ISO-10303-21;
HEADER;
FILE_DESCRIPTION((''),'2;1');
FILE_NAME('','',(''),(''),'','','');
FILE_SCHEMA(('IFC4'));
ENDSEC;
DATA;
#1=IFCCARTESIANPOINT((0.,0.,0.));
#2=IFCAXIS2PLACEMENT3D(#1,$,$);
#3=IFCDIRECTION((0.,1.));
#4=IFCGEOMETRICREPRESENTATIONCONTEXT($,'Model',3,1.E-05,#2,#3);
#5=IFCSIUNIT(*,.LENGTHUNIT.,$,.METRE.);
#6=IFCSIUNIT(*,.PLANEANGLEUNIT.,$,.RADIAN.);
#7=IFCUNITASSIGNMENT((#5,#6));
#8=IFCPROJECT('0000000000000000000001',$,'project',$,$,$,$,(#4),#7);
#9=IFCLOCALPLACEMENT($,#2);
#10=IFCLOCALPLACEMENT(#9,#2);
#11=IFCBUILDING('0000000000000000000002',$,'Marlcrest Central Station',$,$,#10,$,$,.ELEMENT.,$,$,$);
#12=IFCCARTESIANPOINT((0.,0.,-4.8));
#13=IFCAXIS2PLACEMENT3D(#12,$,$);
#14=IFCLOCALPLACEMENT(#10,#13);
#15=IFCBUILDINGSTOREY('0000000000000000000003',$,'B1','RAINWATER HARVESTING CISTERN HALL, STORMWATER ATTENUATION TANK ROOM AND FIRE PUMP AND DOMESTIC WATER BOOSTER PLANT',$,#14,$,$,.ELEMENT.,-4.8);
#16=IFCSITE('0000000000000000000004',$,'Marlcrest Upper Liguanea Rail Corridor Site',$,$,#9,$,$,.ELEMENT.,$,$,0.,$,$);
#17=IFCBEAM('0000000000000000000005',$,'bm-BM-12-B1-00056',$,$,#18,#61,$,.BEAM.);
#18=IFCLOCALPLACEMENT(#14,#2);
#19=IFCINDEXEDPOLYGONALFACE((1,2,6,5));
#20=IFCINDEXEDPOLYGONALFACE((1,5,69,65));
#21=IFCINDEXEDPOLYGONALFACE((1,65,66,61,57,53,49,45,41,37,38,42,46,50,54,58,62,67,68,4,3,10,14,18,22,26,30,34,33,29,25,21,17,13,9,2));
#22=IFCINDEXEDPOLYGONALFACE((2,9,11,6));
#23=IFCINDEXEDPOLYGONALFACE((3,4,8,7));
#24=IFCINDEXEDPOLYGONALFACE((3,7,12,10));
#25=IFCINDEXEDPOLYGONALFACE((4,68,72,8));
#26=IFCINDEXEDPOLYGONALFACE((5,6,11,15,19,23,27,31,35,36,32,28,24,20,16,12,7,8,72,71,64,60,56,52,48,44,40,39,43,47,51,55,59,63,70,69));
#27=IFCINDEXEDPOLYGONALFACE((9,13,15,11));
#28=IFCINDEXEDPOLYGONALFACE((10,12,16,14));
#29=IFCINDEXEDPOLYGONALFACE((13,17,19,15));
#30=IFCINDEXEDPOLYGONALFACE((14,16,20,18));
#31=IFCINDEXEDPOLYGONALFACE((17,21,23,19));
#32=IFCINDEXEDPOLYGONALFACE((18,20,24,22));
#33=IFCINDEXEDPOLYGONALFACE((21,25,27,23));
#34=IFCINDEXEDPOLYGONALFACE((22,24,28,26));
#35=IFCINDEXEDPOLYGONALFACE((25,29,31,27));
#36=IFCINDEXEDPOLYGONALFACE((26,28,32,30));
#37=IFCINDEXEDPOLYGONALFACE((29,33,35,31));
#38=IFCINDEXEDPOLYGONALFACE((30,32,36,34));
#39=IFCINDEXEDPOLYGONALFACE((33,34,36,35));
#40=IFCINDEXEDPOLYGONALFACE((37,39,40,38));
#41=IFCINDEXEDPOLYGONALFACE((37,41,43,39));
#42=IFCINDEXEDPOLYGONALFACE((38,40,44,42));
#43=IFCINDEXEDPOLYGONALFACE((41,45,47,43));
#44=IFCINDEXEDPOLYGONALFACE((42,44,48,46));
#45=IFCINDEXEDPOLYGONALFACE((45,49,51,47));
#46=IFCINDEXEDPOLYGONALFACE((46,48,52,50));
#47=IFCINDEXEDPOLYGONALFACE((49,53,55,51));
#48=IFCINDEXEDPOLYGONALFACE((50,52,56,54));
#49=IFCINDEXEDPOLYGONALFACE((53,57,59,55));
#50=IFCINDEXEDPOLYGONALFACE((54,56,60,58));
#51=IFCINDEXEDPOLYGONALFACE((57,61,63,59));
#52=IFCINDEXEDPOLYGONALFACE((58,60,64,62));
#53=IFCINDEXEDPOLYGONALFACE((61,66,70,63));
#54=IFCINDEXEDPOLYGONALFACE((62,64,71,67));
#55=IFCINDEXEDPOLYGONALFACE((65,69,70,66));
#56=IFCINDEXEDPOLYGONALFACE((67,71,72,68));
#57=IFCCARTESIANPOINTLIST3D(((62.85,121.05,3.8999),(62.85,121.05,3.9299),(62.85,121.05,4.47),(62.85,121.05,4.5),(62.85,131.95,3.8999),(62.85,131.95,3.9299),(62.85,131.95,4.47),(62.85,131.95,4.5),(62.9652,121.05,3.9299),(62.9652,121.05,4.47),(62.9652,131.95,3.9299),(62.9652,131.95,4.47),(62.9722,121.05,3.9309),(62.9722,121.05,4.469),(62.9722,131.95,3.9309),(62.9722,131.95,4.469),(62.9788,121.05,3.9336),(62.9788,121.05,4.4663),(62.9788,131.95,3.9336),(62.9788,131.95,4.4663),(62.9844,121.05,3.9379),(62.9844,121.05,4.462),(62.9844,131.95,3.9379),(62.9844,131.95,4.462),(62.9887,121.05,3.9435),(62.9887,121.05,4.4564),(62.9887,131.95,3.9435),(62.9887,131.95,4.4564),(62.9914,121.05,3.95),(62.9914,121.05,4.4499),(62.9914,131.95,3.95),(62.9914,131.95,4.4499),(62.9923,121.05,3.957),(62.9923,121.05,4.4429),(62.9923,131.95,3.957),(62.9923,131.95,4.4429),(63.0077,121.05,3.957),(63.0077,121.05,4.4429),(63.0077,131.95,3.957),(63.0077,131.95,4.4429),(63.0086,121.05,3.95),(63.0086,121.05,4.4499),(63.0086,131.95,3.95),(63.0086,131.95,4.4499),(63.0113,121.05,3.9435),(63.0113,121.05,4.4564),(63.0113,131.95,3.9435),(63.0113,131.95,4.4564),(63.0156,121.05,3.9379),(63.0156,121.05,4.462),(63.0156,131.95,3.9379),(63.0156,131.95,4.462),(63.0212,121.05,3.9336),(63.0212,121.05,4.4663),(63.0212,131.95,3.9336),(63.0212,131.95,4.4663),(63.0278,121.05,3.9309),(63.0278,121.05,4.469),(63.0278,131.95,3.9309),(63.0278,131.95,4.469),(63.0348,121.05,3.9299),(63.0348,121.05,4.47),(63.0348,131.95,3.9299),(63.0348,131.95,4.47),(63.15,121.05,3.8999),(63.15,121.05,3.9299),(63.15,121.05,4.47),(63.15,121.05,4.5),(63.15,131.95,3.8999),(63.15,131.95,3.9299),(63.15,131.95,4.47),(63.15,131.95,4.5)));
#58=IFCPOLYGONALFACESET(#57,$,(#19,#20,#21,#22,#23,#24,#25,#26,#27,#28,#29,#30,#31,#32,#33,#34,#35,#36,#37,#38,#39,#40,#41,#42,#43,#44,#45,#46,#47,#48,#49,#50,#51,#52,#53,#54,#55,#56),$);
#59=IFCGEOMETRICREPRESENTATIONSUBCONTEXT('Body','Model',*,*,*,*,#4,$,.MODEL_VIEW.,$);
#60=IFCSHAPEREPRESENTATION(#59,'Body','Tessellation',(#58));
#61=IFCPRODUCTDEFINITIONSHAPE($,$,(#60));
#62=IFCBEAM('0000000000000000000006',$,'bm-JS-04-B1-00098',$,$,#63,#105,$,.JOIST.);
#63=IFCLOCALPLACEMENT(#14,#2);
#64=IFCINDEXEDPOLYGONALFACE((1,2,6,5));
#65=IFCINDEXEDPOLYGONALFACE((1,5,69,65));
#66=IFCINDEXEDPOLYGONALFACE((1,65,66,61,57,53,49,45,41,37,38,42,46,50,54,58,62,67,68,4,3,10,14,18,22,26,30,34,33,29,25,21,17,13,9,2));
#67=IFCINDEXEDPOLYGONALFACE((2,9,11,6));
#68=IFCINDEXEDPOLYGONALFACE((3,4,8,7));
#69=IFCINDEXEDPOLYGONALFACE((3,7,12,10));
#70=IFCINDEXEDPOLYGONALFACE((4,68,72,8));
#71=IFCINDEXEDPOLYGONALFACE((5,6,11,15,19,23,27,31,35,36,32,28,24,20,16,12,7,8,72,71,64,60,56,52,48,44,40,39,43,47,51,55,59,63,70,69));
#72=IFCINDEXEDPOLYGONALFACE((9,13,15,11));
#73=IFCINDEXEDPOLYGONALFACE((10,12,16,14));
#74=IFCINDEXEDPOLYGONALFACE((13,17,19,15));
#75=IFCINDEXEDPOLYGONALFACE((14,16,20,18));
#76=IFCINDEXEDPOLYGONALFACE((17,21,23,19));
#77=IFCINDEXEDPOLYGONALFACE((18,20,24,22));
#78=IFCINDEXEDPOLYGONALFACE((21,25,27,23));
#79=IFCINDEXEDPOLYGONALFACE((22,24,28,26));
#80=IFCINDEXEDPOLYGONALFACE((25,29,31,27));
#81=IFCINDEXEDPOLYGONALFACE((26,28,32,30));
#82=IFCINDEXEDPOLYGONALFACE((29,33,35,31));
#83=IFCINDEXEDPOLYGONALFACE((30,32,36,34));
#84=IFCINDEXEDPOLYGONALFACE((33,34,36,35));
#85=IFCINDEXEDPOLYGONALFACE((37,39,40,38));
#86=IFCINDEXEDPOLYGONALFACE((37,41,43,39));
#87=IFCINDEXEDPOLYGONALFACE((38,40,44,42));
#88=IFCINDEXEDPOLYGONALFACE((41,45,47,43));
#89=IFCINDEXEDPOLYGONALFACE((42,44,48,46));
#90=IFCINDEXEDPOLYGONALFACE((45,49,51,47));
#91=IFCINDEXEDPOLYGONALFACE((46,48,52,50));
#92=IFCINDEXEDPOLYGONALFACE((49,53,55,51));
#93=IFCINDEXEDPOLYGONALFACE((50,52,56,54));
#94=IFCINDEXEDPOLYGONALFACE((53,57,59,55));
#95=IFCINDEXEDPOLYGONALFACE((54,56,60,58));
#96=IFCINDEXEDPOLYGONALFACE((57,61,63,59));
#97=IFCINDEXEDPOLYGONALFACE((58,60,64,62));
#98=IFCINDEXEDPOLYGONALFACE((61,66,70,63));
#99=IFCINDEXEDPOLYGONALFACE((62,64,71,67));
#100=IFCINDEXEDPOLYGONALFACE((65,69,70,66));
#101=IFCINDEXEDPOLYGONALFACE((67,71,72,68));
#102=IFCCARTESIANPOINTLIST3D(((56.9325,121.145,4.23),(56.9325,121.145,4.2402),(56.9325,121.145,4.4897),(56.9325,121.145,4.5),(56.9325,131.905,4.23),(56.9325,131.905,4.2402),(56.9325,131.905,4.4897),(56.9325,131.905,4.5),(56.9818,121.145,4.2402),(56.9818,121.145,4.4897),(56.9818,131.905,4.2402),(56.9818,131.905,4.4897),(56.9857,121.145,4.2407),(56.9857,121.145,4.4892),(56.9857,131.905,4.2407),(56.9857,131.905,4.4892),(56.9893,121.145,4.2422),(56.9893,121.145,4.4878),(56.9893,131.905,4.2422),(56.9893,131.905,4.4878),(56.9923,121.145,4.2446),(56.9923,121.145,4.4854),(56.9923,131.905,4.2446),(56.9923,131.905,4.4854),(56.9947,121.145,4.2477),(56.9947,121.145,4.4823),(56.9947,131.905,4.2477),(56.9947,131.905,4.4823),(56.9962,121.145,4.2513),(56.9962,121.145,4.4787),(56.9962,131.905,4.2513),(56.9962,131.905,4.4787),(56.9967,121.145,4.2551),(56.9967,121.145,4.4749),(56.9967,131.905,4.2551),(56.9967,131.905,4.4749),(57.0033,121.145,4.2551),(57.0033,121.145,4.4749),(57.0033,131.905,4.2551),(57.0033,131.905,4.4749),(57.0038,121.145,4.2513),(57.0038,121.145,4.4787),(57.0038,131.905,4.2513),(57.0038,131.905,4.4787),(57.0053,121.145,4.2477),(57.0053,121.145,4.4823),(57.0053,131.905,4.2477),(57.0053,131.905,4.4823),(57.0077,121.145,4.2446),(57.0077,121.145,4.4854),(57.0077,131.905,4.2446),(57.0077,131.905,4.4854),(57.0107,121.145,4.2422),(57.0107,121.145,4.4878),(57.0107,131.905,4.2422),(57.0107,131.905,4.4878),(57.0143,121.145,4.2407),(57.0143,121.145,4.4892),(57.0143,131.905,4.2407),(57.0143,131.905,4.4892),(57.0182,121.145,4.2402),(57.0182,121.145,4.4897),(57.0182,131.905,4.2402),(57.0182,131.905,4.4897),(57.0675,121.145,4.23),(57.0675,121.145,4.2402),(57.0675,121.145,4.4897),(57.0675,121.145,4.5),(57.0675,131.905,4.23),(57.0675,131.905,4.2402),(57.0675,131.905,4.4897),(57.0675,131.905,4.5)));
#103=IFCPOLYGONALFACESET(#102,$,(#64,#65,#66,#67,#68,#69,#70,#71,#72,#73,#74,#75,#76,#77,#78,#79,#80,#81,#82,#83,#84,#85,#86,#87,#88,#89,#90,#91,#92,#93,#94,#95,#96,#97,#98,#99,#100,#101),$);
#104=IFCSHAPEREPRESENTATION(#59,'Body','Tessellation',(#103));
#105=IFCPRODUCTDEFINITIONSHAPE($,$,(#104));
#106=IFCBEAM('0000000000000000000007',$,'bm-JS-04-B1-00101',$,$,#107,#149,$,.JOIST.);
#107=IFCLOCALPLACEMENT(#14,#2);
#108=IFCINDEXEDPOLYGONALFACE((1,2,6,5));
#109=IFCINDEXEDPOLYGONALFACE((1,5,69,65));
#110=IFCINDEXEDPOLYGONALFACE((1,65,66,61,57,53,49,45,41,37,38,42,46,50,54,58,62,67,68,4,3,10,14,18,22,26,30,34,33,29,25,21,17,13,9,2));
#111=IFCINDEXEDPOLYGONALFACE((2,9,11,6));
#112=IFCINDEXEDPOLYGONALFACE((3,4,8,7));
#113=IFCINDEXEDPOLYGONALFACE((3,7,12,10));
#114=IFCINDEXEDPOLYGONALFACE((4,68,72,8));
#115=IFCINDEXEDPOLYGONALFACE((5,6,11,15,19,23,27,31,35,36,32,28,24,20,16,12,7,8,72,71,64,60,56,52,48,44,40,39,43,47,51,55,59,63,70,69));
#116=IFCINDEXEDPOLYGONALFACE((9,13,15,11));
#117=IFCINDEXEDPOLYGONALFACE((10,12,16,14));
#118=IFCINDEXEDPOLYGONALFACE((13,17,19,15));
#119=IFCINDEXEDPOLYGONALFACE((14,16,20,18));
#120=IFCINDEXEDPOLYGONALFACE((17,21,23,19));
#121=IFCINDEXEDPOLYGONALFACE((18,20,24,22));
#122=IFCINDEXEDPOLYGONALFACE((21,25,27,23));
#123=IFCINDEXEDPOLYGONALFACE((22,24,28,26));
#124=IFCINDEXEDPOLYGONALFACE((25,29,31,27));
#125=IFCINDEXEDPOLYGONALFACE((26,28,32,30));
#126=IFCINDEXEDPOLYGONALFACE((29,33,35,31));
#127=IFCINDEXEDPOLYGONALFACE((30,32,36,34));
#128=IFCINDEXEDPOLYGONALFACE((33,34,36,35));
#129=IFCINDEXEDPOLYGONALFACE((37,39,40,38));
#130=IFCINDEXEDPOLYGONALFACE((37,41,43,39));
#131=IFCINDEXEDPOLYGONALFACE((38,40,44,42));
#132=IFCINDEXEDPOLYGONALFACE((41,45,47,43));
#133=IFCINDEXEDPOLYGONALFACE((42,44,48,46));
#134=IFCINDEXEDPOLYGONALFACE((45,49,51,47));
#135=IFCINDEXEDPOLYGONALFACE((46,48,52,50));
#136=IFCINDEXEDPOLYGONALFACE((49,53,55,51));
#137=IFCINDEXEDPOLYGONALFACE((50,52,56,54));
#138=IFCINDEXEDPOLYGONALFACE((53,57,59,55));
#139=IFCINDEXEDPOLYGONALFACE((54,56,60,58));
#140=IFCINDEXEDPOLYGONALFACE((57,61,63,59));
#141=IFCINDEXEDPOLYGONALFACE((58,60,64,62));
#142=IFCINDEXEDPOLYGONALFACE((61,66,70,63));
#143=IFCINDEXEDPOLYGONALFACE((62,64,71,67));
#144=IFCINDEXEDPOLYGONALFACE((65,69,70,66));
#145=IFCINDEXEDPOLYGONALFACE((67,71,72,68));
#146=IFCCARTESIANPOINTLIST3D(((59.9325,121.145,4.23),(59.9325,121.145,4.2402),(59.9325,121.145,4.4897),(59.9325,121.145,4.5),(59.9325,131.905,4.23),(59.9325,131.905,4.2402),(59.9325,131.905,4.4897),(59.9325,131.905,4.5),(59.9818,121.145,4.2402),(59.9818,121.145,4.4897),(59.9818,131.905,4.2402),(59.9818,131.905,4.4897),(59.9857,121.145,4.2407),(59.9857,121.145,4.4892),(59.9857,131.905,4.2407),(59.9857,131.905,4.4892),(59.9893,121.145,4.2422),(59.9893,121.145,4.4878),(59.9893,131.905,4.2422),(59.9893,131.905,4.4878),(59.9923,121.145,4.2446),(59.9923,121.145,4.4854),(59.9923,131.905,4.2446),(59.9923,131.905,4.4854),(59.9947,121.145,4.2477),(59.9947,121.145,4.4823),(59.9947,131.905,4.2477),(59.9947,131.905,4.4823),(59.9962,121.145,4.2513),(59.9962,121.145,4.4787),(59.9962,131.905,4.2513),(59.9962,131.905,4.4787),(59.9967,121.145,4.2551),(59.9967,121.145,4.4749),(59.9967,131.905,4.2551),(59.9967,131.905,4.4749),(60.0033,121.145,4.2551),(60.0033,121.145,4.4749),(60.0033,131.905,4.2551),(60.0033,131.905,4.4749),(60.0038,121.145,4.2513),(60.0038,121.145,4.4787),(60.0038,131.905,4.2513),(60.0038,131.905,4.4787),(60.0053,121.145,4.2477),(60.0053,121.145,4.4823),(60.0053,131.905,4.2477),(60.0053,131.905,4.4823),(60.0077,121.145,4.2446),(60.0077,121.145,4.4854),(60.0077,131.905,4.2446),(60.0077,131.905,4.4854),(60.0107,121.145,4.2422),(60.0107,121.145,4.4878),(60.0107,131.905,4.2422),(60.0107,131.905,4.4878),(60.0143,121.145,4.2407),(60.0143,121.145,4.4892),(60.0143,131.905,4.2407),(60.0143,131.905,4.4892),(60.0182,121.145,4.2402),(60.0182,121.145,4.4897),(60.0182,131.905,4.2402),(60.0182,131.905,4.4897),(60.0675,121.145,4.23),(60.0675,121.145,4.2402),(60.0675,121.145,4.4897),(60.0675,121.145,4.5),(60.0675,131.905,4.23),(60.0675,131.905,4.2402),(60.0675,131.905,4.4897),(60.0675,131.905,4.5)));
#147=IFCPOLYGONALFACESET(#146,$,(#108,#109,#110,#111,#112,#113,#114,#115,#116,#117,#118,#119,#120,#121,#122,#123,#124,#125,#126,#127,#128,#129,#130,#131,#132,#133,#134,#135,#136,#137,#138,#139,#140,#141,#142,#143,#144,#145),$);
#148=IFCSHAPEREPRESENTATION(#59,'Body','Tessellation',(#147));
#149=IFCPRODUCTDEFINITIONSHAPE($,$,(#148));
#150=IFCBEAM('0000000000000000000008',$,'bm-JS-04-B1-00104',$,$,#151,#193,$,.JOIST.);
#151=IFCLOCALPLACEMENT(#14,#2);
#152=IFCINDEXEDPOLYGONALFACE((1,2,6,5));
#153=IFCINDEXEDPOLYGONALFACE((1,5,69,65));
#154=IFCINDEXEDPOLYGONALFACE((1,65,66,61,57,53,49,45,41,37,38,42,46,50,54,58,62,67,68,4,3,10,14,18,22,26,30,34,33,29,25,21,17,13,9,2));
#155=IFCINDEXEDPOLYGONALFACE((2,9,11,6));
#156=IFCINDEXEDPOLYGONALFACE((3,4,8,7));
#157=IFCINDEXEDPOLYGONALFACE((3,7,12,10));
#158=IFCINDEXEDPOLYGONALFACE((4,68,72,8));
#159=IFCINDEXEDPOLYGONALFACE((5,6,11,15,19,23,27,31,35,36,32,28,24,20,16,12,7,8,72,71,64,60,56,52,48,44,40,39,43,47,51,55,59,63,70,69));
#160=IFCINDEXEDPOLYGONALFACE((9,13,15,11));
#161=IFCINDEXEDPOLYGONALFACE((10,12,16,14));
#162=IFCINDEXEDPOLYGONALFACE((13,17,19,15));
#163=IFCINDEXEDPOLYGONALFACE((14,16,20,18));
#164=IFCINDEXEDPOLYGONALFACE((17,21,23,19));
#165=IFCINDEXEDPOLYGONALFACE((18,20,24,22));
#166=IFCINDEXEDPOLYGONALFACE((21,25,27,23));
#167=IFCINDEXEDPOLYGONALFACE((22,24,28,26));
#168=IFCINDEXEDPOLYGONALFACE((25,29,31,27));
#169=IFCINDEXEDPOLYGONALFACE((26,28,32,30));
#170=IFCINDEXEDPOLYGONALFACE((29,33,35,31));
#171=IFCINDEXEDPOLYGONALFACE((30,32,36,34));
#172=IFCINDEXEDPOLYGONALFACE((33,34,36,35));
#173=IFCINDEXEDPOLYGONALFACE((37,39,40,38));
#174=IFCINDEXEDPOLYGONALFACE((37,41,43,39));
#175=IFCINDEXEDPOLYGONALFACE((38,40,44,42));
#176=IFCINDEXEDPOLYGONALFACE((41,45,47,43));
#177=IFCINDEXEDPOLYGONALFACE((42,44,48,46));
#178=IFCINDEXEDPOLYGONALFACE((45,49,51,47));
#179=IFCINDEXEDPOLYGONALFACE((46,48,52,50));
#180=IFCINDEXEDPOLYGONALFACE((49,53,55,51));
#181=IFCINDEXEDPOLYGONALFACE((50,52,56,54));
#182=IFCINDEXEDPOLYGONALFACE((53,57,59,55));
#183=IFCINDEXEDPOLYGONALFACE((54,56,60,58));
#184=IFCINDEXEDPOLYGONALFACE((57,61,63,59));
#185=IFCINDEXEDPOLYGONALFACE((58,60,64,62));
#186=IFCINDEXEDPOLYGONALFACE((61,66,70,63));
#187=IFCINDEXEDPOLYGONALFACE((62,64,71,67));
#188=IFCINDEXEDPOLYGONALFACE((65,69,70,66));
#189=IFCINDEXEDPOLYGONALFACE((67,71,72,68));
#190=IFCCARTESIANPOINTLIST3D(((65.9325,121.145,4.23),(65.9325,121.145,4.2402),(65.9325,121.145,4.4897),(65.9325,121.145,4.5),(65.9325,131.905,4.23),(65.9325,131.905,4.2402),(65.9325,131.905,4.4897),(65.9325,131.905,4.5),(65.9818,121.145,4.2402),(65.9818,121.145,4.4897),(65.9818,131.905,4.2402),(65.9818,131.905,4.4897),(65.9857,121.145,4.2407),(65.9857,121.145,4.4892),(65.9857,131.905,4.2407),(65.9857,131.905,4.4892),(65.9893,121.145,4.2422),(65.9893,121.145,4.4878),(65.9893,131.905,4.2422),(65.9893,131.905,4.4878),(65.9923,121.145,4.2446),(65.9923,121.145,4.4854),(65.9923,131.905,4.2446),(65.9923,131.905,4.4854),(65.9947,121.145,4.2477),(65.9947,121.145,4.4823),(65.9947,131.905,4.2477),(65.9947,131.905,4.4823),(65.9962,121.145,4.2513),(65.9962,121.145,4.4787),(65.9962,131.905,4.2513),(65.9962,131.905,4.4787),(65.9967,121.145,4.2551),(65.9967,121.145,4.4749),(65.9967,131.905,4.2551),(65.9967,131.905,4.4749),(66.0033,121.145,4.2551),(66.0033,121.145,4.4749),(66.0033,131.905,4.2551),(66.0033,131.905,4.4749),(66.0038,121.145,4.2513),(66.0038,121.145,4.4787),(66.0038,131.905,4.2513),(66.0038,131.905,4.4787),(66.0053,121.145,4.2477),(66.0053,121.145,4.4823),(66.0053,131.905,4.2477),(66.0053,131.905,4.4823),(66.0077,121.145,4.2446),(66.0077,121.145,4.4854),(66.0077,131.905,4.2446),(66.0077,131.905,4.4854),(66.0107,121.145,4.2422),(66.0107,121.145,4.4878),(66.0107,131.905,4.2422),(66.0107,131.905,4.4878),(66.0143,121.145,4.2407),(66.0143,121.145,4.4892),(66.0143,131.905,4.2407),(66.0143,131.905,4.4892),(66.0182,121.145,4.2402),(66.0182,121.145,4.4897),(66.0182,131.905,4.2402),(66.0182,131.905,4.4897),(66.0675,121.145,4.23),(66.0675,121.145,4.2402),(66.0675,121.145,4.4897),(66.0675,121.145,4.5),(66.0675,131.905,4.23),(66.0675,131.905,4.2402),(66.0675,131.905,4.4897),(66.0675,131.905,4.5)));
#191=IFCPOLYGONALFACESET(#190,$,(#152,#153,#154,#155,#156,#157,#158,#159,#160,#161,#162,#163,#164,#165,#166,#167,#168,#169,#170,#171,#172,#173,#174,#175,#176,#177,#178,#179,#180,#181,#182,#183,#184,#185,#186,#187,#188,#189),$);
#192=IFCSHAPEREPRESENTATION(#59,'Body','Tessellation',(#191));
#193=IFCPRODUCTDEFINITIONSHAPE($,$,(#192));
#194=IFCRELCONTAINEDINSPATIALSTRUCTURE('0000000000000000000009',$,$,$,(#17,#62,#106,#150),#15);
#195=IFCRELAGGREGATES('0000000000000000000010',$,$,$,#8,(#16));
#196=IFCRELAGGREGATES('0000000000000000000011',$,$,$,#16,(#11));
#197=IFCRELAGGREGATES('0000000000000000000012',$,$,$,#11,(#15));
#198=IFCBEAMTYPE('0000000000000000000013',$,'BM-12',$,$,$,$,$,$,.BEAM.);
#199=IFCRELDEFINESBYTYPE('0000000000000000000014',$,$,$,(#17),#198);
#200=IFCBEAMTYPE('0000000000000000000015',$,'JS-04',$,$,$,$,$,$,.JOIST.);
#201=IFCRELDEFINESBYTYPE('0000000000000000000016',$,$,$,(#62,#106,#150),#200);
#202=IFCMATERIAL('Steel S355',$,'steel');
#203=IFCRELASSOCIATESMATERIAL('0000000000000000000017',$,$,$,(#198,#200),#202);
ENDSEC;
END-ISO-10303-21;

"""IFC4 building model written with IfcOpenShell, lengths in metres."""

from ifc_helpers import new_model, si_unit, direction, frame, origin, origin_2d, place, context, subcontext, project, spatial, i_section, extrude, material, material_profile, profile_set, type_object, element, save


model = new_model("IFC4")

# Units and contexts
model_context = context("Model", 3, precision=1e-05, world=origin(), true_north=direction((0.0, 1.0)))
body_context = subcontext(model_context, "Body", "Model", "MODEL_VIEW")
ifc_project = project(units=[si_unit("LENGTHUNIT", "METRE"), si_unit("PLANEANGLEUNIT", "RADIAN")], contexts=[model_context])

# Site, building, storey
site_placement = place(None, origin())
site = spatial("IfcSite", under=ifc_project, at=site_placement, Name="Marlcrest Upper Liguanea Rail Corridor Site", CompositionType="ELEMENT", RefElevation=0.0)
building_placement = place(site_placement, origin())
building = spatial("IfcBuilding", under=site, at=building_placement, Name="Marlcrest Central Station", CompositionType="ELEMENT")
storey_placement = place(building_placement, frame((0.0, 0.0, -4.8)))
storey = spatial("IfcBuildingStorey", under=building, at=storey_placement, Name="B1", Description="RAINWATER HARVESTING CISTERN HALL, STORMWATER ATTENUATION TANK ROOM AND FIRE PUMP AND DOMESTIC WATER BOOSTER PLANT", CompositionType="ELEMENT", Elevation=-4.8)

# Shared definitions
ifc_material_1 = material(Name="Steel S355", Category="steel")

# Beams
ifc_material_profile_1 = material_profile(ifc_material_1, i_section(OverallWidth=0.3, OverallDepth=0.6001, WebThickness=0.0154, FlangeThickness=0.03, FilletRadius=0.0271, at=origin_2d()), Name="HEB 600")
ifc_profile_set_1 = profile_set([ifc_material_profile_1], Name="Steel S355")
beam_type_1 = type_object("IfcBeamType", Name="BM-12", PredefinedType="BEAM", material=ifc_profile_set_1)
for number, where, z_axis, x_axis, name in (
    (1, (63.0, 121.05, 4.2), (0.0, 1.0, 0.0), (-1.0, 0.0, 0.0), "bm-BM-12-B1-00056"),
):
    element("IfcBeam", number, at=place(storey_placement, frame(where, z_axis=z_axis, x_axis=x_axis)), inside=storey, type_object=beam_type_1, Name=name, PredefinedType="BEAM", context=body_context, shape_type="SweptSolid", body=[
        extrude(i_section(OverallWidth=0.3, OverallDepth=0.6001, WebThickness=0.0154, FlangeThickness=0.03, FilletRadius=0.0271, at=origin_2d()), origin(), (0.0, 0.0, 1.0), 10.8999),
    ])
ifc_material_profile_2 = material_profile(ifc_material_1, i_section(OverallWidth=0.135, OverallDepth=0.27, WebThickness=0.0066, FlangeThickness=0.0103, FilletRadius=0.0149, at=origin_2d()), Name="IPE 270")
ifc_profile_set_2 = profile_set([ifc_material_profile_2], Name="Steel S355")
beam_type_2 = type_object("IfcBeamType", Name="JS-04", PredefinedType="JOIST", material=ifc_profile_set_2)
for number, where, z_axis, x_axis, name in (
    (2, (57.0, 121.145, 4.365), (0.0, 1.0, 0.0), (-1.0, 0.0, 0.0), "bm-JS-04-B1-00098"),
    (3, (60.0, 121.145, 4.365), (0.0, 1.0, 0.0), (-1.0, 0.0, 0.0), "bm-JS-04-B1-00101"),
    (4, (66.0, 121.145, 4.365), (0.0, 1.0, 0.0), (-1.0, 0.0, 0.0), "bm-JS-04-B1-00104"),
):
    element("IfcBeam", number, at=place(storey_placement, frame(where, z_axis=z_axis, x_axis=x_axis)), inside=storey, type_object=beam_type_2, Name=name, PredefinedType="JOIST", context=body_context, shape_type="SweptSolid", body=[
        extrude(i_section(OverallWidth=0.135, OverallDepth=0.27, WebThickness=0.0066, FlangeThickness=0.0103, FilletRadius=0.0149, at=origin_2d()), origin(), (0.0, 0.0, 1.0), 10.76),
    ])

save(model, "model.ifc")
